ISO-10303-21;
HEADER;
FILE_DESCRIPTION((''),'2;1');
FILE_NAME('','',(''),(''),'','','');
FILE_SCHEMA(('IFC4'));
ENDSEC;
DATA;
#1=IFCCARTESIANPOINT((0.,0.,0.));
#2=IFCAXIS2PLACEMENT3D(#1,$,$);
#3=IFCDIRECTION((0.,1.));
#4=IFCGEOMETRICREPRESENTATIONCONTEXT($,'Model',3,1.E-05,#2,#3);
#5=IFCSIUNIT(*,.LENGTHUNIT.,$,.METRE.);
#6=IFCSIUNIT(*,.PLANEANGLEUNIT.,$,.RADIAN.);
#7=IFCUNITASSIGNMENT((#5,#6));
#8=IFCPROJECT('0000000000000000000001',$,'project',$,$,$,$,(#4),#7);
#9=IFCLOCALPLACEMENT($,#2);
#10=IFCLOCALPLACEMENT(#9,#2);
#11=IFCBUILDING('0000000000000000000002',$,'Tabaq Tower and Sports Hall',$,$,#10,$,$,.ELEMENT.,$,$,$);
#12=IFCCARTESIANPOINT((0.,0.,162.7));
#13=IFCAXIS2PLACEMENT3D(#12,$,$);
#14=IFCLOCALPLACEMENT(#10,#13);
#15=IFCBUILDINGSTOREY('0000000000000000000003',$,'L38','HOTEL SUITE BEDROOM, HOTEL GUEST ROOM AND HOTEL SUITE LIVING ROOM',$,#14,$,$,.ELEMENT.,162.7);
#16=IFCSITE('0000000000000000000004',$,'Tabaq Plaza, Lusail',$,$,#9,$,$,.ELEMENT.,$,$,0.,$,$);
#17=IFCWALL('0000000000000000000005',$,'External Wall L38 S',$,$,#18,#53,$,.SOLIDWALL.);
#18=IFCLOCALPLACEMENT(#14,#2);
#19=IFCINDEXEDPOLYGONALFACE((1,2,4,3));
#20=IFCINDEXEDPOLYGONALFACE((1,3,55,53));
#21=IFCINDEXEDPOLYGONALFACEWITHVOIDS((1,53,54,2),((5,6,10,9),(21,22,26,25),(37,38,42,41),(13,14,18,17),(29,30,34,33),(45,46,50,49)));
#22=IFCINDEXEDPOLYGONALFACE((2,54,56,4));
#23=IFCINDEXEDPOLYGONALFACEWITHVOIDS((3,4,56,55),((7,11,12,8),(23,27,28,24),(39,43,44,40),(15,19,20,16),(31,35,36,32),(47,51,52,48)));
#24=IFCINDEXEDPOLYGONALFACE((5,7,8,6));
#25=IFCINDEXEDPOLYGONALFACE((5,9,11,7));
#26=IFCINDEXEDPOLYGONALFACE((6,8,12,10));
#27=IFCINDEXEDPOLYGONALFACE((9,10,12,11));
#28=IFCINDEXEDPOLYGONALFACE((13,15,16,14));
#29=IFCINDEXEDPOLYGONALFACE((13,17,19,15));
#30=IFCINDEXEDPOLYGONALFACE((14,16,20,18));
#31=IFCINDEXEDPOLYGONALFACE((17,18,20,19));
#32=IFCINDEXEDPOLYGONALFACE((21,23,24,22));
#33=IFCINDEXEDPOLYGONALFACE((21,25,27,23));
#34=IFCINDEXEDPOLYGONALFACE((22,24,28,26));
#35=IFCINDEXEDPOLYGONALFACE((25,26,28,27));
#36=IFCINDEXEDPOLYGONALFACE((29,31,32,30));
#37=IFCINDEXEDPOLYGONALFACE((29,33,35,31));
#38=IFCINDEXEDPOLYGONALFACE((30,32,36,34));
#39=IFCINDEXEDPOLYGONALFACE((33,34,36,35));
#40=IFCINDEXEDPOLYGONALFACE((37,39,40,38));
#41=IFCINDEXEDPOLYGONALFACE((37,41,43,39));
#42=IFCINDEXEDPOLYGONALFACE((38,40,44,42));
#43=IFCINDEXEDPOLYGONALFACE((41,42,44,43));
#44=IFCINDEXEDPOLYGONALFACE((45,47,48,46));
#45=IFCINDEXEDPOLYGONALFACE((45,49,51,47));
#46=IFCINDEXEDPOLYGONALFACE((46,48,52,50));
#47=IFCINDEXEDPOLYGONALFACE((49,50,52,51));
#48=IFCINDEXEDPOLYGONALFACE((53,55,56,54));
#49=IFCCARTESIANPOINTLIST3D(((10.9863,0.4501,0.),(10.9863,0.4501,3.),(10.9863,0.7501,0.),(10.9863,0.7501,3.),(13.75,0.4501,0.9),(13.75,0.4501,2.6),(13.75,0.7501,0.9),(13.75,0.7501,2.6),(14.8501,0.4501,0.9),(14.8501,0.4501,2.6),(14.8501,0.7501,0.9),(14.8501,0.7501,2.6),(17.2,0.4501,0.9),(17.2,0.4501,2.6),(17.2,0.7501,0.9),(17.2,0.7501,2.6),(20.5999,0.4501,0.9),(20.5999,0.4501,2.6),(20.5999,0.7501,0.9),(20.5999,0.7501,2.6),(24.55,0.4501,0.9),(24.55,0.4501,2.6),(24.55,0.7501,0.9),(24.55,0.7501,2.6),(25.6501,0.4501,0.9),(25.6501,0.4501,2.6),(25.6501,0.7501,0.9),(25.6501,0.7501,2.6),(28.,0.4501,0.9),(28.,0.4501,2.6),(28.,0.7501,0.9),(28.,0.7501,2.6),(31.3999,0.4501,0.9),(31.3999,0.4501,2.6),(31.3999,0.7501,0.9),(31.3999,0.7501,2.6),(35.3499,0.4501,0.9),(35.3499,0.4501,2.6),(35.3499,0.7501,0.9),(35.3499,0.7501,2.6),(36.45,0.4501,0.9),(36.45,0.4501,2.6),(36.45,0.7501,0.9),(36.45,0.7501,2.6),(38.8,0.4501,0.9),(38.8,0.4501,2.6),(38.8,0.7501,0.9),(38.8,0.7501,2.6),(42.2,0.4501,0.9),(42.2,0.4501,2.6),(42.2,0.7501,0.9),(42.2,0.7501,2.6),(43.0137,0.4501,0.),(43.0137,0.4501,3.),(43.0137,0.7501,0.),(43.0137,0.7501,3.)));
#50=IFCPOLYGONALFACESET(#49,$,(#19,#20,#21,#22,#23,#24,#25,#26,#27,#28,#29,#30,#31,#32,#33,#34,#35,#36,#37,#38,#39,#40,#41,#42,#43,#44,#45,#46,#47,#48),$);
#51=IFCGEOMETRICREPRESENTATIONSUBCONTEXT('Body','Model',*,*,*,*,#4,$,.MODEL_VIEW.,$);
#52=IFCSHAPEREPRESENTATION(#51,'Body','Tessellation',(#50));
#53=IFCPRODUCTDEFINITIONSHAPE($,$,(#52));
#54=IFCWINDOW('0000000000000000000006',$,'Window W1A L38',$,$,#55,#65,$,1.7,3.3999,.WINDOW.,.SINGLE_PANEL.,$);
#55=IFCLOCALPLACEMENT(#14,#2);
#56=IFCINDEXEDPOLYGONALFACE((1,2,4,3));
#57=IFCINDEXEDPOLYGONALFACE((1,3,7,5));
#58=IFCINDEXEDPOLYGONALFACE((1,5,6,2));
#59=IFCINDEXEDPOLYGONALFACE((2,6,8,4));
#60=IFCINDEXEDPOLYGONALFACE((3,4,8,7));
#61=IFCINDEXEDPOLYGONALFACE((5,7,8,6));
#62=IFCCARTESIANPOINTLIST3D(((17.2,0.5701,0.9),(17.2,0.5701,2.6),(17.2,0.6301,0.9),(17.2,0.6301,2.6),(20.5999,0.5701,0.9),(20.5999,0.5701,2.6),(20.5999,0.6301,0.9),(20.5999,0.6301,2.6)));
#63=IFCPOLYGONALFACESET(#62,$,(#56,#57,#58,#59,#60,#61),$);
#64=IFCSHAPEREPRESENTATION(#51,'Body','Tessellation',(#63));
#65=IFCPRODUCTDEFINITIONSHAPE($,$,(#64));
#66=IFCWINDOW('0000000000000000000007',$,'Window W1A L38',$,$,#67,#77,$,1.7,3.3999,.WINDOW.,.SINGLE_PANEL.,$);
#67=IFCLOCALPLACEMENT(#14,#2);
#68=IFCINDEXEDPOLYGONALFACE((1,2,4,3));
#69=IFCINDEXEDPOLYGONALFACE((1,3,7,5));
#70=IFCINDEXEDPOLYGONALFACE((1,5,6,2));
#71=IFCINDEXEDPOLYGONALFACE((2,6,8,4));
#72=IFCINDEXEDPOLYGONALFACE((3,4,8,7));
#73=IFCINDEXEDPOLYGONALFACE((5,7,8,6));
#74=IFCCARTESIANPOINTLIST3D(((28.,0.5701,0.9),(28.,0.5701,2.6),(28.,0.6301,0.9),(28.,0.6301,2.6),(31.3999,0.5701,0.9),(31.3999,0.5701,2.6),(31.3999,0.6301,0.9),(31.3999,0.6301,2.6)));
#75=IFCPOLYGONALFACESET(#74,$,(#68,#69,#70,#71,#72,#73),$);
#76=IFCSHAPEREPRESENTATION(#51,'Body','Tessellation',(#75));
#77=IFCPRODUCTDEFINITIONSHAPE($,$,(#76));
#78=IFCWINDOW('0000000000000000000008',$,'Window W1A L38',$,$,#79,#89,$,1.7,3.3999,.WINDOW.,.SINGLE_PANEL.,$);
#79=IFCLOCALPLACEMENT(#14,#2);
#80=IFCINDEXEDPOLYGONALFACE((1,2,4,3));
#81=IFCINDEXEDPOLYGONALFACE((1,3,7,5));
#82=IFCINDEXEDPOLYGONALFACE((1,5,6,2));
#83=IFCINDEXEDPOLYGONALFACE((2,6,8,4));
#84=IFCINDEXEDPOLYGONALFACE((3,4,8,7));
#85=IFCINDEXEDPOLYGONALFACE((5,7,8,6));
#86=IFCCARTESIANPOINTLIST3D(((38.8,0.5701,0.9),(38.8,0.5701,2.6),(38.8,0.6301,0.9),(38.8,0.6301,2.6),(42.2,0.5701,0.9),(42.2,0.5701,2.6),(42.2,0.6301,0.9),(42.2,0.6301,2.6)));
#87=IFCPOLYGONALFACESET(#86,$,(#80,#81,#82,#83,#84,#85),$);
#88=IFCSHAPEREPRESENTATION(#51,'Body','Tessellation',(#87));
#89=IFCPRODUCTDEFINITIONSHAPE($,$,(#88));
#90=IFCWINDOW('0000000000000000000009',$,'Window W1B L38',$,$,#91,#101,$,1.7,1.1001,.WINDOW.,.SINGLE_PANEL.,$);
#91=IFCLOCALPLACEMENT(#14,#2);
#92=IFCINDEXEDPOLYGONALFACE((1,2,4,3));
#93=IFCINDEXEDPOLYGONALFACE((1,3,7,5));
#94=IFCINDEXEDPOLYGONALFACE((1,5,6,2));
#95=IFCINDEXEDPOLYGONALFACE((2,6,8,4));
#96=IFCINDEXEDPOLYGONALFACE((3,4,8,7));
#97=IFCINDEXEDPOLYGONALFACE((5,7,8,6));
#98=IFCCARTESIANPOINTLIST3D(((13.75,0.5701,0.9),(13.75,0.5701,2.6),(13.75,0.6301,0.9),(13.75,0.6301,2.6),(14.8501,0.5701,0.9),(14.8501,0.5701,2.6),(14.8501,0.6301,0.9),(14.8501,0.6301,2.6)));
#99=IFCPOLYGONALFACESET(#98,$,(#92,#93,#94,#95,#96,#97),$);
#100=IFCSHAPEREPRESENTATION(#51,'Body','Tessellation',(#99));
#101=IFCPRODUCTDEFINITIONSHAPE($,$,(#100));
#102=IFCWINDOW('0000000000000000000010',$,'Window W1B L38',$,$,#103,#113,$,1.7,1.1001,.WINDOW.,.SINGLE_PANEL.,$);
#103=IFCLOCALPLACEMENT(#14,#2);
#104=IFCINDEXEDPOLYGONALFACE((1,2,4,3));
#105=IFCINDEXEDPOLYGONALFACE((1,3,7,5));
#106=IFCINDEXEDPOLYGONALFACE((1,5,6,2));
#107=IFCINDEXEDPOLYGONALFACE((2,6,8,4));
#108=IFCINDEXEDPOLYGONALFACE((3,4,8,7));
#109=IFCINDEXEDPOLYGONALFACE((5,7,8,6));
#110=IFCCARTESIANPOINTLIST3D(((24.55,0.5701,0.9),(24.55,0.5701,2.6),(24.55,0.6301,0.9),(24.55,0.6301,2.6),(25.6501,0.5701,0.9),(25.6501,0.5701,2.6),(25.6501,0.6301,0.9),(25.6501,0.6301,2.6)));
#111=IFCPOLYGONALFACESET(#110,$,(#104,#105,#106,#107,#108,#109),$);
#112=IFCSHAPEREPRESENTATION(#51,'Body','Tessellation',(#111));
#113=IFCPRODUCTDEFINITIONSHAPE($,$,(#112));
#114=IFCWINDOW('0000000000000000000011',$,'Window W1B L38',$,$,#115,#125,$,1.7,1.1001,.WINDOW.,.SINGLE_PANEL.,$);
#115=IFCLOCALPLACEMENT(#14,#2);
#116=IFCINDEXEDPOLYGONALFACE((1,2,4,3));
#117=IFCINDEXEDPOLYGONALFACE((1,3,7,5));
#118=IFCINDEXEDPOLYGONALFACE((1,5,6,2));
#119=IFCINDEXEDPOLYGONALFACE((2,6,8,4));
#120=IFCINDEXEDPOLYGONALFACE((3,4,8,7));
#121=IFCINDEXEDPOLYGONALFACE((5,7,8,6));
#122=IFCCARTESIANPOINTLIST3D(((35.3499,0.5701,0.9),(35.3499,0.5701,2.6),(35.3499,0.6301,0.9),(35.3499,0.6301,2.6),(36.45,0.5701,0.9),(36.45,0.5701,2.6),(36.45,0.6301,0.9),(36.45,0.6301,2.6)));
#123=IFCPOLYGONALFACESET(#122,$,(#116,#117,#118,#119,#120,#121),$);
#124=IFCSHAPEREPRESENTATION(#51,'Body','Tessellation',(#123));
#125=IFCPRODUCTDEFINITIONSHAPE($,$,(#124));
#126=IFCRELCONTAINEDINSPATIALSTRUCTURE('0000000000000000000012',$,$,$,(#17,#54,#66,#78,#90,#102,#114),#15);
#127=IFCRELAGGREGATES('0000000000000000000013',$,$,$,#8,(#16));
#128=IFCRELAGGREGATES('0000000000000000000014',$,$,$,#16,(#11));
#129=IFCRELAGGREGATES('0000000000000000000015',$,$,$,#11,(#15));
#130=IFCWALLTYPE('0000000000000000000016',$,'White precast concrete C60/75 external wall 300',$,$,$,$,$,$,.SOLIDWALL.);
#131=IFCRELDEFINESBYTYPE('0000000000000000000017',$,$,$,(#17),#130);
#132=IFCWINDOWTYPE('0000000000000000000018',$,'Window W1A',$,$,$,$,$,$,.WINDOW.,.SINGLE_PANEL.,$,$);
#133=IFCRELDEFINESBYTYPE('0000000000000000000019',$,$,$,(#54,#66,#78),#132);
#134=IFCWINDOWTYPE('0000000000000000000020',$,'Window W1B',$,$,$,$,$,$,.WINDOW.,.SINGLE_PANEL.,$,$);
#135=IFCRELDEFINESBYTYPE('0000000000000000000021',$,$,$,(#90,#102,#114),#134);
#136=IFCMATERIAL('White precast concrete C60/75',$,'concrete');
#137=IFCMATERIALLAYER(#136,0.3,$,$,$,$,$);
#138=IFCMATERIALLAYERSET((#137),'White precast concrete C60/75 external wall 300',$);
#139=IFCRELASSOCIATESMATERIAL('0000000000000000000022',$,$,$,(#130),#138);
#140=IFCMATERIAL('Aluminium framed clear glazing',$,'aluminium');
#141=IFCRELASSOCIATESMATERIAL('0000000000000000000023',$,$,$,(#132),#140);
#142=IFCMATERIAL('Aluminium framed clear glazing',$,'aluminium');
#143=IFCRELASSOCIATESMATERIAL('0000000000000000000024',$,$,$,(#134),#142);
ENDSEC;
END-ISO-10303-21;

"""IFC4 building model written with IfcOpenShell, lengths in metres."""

from ifc_helpers import new_model, si_unit, direction, frame, frame_2d, origin, place, context, subcontext, project, spatial, rectangle, extrude, material, layer, layer_set, type_object, element, fill, save


model = new_model("IFC4")

# Units and contexts
model_context = context("Model", 3, precision=1e-05, world=origin(), true_north=direction((0.0, 1.0)))
body_context = subcontext(model_context, "Body", "Model", "MODEL_VIEW")
ifc_project = project(units=[si_unit("LENGTHUNIT", "METRE"), si_unit("PLANEANGLEUNIT", "RADIAN")], contexts=[model_context])

# Site, building, storey
site_placement = place(None, origin())
site = spatial("IfcSite", under=ifc_project, at=site_placement, Name="Tabaq Plaza, Lusail", CompositionType="ELEMENT", RefElevation=0.0)
building_placement = place(site_placement, origin())
building = spatial("IfcBuilding", under=site, at=building_placement, Name="Tabaq Tower and Sports Hall", CompositionType="ELEMENT")
storey_placement = place(building_placement, frame((0.0, 0.0, 162.7)))
storey = spatial("IfcBuildingStorey", under=building, at=storey_placement, Name="L38", Description="HOTEL SUITE BEDROOM, HOTEL GUEST ROOM AND HOTEL SUITE LIVING ROOM", CompositionType="ELEMENT", Elevation=162.7)

# Wall, openings, windows
ifc_material_1 = material(Name="White precast concrete C60/75", Category="concrete")
ifc_layer_1 = layer(ifc_material_1, 0.3)
ifc_layer_set_1 = layer_set([ifc_layer_1], Name="White precast concrete C60/75 external wall 300")
wall_type_1 = type_object("IfcWallType", Name="White precast concrete C60/75 external wall 300", PredefinedType="SOLIDWALL", material=ifc_layer_set_1)
wall_1_placement = place(storey_placement, frame((10.9863, 0.6001, 0.0), z_axis=(0.0, 0.0, 1.0), x_axis=(1.0, 0.0, 0.0)))
wall_1 = element("IfcWall", 1, at=wall_1_placement, inside=storey, type_object=wall_type_1, Name="External Wall L38 S", PredefinedType="SOLIDWALL", context=body_context, shape_type="SweptSolid", body=[
    extrude(rectangle(XDim=32.0273, YDim=0.3, at=frame_2d((16.0137, 0.0))), origin(), (0.0, 0.0, 1.0), 3.0),
])
opening_1_placement = place(wall_1_placement, frame((2.7637, 0.0, 0.8999)))
opening_1 = element("IfcOpeningElement", 2, at=opening_1_placement, cuts=wall_1, PredefinedType="OPENING", context=body_context, shape_type="SweptSolid", body=[
    extrude(rectangle(XDim=1.1001, YDim=1.7, at=frame_2d((0.55, 0.8501))), frame((0.0, 0.1602, 0.0), z_axis=(0.0, -1.0, 0.0), x_axis=(1.0, 0.0, 0.0)), (0.0, 0.0, 1.0), 0.3201),
])
opening_2_placement = place(wall_1_placement, frame((6.2136, 0.0, 0.8999)))
opening_2 = element("IfcOpeningElement", 3, at=opening_2_placement, cuts=wall_1, PredefinedType="OPENING", context=body_context, shape_type="SweptSolid", body=[
    extrude(rectangle(XDim=3.3999, YDim=1.7, at=frame_2d((1.7, 0.8501))), frame((0.0, 0.1602, 0.0), z_axis=(0.0, -1.0, 0.0), x_axis=(1.0, 0.0, 0.0)), (0.0, 0.0, 1.0), 0.3201),
])
opening_3_placement = place(wall_1_placement, frame((13.5637, 0.0, 0.8999)))
opening_3 = element("IfcOpeningElement", 4, at=opening_3_placement, cuts=wall_1, PredefinedType="OPENING", context=body_context, shape_type="SweptSolid", body=[
    extrude(rectangle(XDim=1.1001, YDim=1.7, at=frame_2d((0.55, 0.8501))), frame((0.0, 0.1602, 0.0), z_axis=(0.0, -1.0, 0.0), x_axis=(1.0, 0.0, 0.0)), (0.0, 0.0, 1.0), 0.3201),
])
opening_4_placement = place(wall_1_placement, frame((17.0137, 0.0, 0.8999)))
opening_4 = element("IfcOpeningElement", 5, at=opening_4_placement, cuts=wall_1, PredefinedType="OPENING", context=body_context, shape_type="SweptSolid", body=[
    extrude(rectangle(XDim=3.3999, YDim=1.7, at=frame_2d((1.7, 0.8501))), frame((0.0, 0.1602, 0.0), z_axis=(0.0, -1.0, 0.0), x_axis=(1.0, 0.0, 0.0)), (0.0, 0.0, 1.0), 0.3201),
])
opening_5_placement = place(wall_1_placement, frame((24.3635, 0.0, 0.8999)))
opening_5 = element("IfcOpeningElement", 6, at=opening_5_placement, cuts=wall_1, PredefinedType="OPENING", context=body_context, shape_type="SweptSolid", body=[
    extrude(rectangle(XDim=1.1001, YDim=1.7, at=frame_2d((0.55, 0.8501))), frame((0.0, 0.1602, 0.0), z_axis=(0.0, -1.0, 0.0), x_axis=(1.0, 0.0, 0.0)), (0.0, 0.0, 1.0), 0.3201),
])
opening_6_placement = place(wall_1_placement, frame((27.8137, 0.0, 0.8999)))
opening_6 = element("IfcOpeningElement", 7, at=opening_6_placement, cuts=wall_1, PredefinedType="OPENING", context=body_context, shape_type="SweptSolid", body=[
    extrude(rectangle(XDim=3.3999, YDim=1.7, at=frame_2d((1.7, 0.8501))), frame((0.0, 0.1602, 0.0), z_axis=(0.0, -1.0, 0.0), x_axis=(1.0, 0.0, 0.0)), (0.0, 0.0, 1.0), 0.3201),
])
ifc_material_2 = material(Name="Aluminium framed clear glazing", Category="aluminium")
window_type_1 = type_object("IfcWindowType", Name="Window W1A", PartitioningType="SINGLE_PANEL", PredefinedType="WINDOW", material=ifc_material_2)
window_1_placement = place(opening_2_placement, origin())
window_1 = element("IfcWindow", 8, at=window_1_placement, inside=storey, type_object=window_type_1, Name="Window W1A L38", OverallHeight=1.7, OverallWidth=3.3999, PartitioningType="SINGLE_PANEL", PredefinedType="WINDOW", context=body_context, shape_type="SweptSolid", body=[
    extrude(rectangle(XDim=3.3999, YDim=1.7, at=frame_2d((1.7, 0.8501))), frame((0.0, 0.03, 0.0), z_axis=(0.0, -1.0, 0.0), x_axis=(1.0, 0.0, 0.0)), (0.0, 0.0, 1.0), 0.0601),
])
fill(opening_2, window_1)
window_2_placement = place(opening_4_placement, origin())
window_2 = element("IfcWindow", 9, at=window_2_placement, inside=storey, type_object=window_type_1, Name="Window W1A L38", OverallHeight=1.7, OverallWidth=3.3999, PartitioningType="SINGLE_PANEL", PredefinedType="WINDOW", context=body_context, shape_type="SweptSolid", body=[
    extrude(rectangle(XDim=3.3999, YDim=1.7, at=frame_2d((1.7, 0.8501))), frame((0.0, 0.03, 0.0), z_axis=(0.0, -1.0, 0.0), x_axis=(1.0, 0.0, 0.0)), (0.0, 0.0, 1.0), 0.0601),
])
fill(opening_4, window_2)
window_3_placement = place(opening_6_placement, origin())
window_3 = element("IfcWindow", 10, at=window_3_placement, inside=storey, type_object=window_type_1, Name="Window W1A L38", OverallHeight=1.7, OverallWidth=3.3999, PartitioningType="SINGLE_PANEL", PredefinedType="WINDOW", context=body_context, shape_type="SweptSolid", body=[
    extrude(rectangle(XDim=3.3999, YDim=1.7, at=frame_2d((1.7, 0.8501))), frame((0.0, 0.03, 0.0), z_axis=(0.0, -1.0, 0.0), x_axis=(1.0, 0.0, 0.0)), (0.0, 0.0, 1.0), 0.0601),
])
fill(opening_6, window_3)
ifc_material_3 = material(Name="Aluminium framed clear glazing", Category="aluminium")
window_type_2 = type_object("IfcWindowType", Name="Window W1B", PartitioningType="SINGLE_PANEL", PredefinedType="WINDOW", material=ifc_material_3)
window_4_placement = place(opening_1_placement, origin())
window_4 = element("IfcWindow", 11, at=window_4_placement, inside=storey, type_object=window_type_2, Name="Window W1B L38", OverallHeight=1.7, OverallWidth=1.1001, PartitioningType="SINGLE_PANEL", PredefinedType="WINDOW", context=body_context, shape_type="SweptSolid", body=[
    extrude(rectangle(XDim=1.1001, YDim=1.7, at=frame_2d((0.55, 0.8501))), frame((0.0, 0.03, 0.0), z_axis=(0.0, -1.0, 0.0), x_axis=(1.0, 0.0, 0.0)), (0.0, 0.0, 1.0), 0.0601),
])
fill(opening_1, window_4)
window_5_placement = place(opening_3_placement, origin())
window_5 = element("IfcWindow", 12, at=window_5_placement, inside=storey, type_object=window_type_2, Name="Window W1B L38", OverallHeight=1.7, OverallWidth=1.1001, PartitioningType="SINGLE_PANEL", PredefinedType="WINDOW", context=body_context, shape_type="SweptSolid", body=[
    extrude(rectangle(XDim=1.1001, YDim=1.7, at=frame_2d((0.55, 0.8501))), frame((0.0, 0.03, 0.0), z_axis=(0.0, -1.0, 0.0), x_axis=(1.0, 0.0, 0.0)), (0.0, 0.0, 1.0), 0.0601),
])
fill(opening_3, window_5)
window_6_placement = place(opening_5_placement, origin())
window_6 = element("IfcWindow", 13, at=window_6_placement, inside=storey, type_object=window_type_2, Name="Window W1B L38", OverallHeight=1.7, OverallWidth=1.1001, PartitioningType="SINGLE_PANEL", PredefinedType="WINDOW", context=body_context, shape_type="SweptSolid", body=[
    extrude(rectangle(XDim=1.1001, YDim=1.7, at=frame_2d((0.55, 0.8501))), frame((0.0, 0.03, 0.0), z_axis=(0.0, -1.0, 0.0), x_axis=(1.0, 0.0, 0.0)), (0.0, 0.0, 1.0), 0.0601),
])
fill(opening_5, window_6)

save(model, "model.ifc")
